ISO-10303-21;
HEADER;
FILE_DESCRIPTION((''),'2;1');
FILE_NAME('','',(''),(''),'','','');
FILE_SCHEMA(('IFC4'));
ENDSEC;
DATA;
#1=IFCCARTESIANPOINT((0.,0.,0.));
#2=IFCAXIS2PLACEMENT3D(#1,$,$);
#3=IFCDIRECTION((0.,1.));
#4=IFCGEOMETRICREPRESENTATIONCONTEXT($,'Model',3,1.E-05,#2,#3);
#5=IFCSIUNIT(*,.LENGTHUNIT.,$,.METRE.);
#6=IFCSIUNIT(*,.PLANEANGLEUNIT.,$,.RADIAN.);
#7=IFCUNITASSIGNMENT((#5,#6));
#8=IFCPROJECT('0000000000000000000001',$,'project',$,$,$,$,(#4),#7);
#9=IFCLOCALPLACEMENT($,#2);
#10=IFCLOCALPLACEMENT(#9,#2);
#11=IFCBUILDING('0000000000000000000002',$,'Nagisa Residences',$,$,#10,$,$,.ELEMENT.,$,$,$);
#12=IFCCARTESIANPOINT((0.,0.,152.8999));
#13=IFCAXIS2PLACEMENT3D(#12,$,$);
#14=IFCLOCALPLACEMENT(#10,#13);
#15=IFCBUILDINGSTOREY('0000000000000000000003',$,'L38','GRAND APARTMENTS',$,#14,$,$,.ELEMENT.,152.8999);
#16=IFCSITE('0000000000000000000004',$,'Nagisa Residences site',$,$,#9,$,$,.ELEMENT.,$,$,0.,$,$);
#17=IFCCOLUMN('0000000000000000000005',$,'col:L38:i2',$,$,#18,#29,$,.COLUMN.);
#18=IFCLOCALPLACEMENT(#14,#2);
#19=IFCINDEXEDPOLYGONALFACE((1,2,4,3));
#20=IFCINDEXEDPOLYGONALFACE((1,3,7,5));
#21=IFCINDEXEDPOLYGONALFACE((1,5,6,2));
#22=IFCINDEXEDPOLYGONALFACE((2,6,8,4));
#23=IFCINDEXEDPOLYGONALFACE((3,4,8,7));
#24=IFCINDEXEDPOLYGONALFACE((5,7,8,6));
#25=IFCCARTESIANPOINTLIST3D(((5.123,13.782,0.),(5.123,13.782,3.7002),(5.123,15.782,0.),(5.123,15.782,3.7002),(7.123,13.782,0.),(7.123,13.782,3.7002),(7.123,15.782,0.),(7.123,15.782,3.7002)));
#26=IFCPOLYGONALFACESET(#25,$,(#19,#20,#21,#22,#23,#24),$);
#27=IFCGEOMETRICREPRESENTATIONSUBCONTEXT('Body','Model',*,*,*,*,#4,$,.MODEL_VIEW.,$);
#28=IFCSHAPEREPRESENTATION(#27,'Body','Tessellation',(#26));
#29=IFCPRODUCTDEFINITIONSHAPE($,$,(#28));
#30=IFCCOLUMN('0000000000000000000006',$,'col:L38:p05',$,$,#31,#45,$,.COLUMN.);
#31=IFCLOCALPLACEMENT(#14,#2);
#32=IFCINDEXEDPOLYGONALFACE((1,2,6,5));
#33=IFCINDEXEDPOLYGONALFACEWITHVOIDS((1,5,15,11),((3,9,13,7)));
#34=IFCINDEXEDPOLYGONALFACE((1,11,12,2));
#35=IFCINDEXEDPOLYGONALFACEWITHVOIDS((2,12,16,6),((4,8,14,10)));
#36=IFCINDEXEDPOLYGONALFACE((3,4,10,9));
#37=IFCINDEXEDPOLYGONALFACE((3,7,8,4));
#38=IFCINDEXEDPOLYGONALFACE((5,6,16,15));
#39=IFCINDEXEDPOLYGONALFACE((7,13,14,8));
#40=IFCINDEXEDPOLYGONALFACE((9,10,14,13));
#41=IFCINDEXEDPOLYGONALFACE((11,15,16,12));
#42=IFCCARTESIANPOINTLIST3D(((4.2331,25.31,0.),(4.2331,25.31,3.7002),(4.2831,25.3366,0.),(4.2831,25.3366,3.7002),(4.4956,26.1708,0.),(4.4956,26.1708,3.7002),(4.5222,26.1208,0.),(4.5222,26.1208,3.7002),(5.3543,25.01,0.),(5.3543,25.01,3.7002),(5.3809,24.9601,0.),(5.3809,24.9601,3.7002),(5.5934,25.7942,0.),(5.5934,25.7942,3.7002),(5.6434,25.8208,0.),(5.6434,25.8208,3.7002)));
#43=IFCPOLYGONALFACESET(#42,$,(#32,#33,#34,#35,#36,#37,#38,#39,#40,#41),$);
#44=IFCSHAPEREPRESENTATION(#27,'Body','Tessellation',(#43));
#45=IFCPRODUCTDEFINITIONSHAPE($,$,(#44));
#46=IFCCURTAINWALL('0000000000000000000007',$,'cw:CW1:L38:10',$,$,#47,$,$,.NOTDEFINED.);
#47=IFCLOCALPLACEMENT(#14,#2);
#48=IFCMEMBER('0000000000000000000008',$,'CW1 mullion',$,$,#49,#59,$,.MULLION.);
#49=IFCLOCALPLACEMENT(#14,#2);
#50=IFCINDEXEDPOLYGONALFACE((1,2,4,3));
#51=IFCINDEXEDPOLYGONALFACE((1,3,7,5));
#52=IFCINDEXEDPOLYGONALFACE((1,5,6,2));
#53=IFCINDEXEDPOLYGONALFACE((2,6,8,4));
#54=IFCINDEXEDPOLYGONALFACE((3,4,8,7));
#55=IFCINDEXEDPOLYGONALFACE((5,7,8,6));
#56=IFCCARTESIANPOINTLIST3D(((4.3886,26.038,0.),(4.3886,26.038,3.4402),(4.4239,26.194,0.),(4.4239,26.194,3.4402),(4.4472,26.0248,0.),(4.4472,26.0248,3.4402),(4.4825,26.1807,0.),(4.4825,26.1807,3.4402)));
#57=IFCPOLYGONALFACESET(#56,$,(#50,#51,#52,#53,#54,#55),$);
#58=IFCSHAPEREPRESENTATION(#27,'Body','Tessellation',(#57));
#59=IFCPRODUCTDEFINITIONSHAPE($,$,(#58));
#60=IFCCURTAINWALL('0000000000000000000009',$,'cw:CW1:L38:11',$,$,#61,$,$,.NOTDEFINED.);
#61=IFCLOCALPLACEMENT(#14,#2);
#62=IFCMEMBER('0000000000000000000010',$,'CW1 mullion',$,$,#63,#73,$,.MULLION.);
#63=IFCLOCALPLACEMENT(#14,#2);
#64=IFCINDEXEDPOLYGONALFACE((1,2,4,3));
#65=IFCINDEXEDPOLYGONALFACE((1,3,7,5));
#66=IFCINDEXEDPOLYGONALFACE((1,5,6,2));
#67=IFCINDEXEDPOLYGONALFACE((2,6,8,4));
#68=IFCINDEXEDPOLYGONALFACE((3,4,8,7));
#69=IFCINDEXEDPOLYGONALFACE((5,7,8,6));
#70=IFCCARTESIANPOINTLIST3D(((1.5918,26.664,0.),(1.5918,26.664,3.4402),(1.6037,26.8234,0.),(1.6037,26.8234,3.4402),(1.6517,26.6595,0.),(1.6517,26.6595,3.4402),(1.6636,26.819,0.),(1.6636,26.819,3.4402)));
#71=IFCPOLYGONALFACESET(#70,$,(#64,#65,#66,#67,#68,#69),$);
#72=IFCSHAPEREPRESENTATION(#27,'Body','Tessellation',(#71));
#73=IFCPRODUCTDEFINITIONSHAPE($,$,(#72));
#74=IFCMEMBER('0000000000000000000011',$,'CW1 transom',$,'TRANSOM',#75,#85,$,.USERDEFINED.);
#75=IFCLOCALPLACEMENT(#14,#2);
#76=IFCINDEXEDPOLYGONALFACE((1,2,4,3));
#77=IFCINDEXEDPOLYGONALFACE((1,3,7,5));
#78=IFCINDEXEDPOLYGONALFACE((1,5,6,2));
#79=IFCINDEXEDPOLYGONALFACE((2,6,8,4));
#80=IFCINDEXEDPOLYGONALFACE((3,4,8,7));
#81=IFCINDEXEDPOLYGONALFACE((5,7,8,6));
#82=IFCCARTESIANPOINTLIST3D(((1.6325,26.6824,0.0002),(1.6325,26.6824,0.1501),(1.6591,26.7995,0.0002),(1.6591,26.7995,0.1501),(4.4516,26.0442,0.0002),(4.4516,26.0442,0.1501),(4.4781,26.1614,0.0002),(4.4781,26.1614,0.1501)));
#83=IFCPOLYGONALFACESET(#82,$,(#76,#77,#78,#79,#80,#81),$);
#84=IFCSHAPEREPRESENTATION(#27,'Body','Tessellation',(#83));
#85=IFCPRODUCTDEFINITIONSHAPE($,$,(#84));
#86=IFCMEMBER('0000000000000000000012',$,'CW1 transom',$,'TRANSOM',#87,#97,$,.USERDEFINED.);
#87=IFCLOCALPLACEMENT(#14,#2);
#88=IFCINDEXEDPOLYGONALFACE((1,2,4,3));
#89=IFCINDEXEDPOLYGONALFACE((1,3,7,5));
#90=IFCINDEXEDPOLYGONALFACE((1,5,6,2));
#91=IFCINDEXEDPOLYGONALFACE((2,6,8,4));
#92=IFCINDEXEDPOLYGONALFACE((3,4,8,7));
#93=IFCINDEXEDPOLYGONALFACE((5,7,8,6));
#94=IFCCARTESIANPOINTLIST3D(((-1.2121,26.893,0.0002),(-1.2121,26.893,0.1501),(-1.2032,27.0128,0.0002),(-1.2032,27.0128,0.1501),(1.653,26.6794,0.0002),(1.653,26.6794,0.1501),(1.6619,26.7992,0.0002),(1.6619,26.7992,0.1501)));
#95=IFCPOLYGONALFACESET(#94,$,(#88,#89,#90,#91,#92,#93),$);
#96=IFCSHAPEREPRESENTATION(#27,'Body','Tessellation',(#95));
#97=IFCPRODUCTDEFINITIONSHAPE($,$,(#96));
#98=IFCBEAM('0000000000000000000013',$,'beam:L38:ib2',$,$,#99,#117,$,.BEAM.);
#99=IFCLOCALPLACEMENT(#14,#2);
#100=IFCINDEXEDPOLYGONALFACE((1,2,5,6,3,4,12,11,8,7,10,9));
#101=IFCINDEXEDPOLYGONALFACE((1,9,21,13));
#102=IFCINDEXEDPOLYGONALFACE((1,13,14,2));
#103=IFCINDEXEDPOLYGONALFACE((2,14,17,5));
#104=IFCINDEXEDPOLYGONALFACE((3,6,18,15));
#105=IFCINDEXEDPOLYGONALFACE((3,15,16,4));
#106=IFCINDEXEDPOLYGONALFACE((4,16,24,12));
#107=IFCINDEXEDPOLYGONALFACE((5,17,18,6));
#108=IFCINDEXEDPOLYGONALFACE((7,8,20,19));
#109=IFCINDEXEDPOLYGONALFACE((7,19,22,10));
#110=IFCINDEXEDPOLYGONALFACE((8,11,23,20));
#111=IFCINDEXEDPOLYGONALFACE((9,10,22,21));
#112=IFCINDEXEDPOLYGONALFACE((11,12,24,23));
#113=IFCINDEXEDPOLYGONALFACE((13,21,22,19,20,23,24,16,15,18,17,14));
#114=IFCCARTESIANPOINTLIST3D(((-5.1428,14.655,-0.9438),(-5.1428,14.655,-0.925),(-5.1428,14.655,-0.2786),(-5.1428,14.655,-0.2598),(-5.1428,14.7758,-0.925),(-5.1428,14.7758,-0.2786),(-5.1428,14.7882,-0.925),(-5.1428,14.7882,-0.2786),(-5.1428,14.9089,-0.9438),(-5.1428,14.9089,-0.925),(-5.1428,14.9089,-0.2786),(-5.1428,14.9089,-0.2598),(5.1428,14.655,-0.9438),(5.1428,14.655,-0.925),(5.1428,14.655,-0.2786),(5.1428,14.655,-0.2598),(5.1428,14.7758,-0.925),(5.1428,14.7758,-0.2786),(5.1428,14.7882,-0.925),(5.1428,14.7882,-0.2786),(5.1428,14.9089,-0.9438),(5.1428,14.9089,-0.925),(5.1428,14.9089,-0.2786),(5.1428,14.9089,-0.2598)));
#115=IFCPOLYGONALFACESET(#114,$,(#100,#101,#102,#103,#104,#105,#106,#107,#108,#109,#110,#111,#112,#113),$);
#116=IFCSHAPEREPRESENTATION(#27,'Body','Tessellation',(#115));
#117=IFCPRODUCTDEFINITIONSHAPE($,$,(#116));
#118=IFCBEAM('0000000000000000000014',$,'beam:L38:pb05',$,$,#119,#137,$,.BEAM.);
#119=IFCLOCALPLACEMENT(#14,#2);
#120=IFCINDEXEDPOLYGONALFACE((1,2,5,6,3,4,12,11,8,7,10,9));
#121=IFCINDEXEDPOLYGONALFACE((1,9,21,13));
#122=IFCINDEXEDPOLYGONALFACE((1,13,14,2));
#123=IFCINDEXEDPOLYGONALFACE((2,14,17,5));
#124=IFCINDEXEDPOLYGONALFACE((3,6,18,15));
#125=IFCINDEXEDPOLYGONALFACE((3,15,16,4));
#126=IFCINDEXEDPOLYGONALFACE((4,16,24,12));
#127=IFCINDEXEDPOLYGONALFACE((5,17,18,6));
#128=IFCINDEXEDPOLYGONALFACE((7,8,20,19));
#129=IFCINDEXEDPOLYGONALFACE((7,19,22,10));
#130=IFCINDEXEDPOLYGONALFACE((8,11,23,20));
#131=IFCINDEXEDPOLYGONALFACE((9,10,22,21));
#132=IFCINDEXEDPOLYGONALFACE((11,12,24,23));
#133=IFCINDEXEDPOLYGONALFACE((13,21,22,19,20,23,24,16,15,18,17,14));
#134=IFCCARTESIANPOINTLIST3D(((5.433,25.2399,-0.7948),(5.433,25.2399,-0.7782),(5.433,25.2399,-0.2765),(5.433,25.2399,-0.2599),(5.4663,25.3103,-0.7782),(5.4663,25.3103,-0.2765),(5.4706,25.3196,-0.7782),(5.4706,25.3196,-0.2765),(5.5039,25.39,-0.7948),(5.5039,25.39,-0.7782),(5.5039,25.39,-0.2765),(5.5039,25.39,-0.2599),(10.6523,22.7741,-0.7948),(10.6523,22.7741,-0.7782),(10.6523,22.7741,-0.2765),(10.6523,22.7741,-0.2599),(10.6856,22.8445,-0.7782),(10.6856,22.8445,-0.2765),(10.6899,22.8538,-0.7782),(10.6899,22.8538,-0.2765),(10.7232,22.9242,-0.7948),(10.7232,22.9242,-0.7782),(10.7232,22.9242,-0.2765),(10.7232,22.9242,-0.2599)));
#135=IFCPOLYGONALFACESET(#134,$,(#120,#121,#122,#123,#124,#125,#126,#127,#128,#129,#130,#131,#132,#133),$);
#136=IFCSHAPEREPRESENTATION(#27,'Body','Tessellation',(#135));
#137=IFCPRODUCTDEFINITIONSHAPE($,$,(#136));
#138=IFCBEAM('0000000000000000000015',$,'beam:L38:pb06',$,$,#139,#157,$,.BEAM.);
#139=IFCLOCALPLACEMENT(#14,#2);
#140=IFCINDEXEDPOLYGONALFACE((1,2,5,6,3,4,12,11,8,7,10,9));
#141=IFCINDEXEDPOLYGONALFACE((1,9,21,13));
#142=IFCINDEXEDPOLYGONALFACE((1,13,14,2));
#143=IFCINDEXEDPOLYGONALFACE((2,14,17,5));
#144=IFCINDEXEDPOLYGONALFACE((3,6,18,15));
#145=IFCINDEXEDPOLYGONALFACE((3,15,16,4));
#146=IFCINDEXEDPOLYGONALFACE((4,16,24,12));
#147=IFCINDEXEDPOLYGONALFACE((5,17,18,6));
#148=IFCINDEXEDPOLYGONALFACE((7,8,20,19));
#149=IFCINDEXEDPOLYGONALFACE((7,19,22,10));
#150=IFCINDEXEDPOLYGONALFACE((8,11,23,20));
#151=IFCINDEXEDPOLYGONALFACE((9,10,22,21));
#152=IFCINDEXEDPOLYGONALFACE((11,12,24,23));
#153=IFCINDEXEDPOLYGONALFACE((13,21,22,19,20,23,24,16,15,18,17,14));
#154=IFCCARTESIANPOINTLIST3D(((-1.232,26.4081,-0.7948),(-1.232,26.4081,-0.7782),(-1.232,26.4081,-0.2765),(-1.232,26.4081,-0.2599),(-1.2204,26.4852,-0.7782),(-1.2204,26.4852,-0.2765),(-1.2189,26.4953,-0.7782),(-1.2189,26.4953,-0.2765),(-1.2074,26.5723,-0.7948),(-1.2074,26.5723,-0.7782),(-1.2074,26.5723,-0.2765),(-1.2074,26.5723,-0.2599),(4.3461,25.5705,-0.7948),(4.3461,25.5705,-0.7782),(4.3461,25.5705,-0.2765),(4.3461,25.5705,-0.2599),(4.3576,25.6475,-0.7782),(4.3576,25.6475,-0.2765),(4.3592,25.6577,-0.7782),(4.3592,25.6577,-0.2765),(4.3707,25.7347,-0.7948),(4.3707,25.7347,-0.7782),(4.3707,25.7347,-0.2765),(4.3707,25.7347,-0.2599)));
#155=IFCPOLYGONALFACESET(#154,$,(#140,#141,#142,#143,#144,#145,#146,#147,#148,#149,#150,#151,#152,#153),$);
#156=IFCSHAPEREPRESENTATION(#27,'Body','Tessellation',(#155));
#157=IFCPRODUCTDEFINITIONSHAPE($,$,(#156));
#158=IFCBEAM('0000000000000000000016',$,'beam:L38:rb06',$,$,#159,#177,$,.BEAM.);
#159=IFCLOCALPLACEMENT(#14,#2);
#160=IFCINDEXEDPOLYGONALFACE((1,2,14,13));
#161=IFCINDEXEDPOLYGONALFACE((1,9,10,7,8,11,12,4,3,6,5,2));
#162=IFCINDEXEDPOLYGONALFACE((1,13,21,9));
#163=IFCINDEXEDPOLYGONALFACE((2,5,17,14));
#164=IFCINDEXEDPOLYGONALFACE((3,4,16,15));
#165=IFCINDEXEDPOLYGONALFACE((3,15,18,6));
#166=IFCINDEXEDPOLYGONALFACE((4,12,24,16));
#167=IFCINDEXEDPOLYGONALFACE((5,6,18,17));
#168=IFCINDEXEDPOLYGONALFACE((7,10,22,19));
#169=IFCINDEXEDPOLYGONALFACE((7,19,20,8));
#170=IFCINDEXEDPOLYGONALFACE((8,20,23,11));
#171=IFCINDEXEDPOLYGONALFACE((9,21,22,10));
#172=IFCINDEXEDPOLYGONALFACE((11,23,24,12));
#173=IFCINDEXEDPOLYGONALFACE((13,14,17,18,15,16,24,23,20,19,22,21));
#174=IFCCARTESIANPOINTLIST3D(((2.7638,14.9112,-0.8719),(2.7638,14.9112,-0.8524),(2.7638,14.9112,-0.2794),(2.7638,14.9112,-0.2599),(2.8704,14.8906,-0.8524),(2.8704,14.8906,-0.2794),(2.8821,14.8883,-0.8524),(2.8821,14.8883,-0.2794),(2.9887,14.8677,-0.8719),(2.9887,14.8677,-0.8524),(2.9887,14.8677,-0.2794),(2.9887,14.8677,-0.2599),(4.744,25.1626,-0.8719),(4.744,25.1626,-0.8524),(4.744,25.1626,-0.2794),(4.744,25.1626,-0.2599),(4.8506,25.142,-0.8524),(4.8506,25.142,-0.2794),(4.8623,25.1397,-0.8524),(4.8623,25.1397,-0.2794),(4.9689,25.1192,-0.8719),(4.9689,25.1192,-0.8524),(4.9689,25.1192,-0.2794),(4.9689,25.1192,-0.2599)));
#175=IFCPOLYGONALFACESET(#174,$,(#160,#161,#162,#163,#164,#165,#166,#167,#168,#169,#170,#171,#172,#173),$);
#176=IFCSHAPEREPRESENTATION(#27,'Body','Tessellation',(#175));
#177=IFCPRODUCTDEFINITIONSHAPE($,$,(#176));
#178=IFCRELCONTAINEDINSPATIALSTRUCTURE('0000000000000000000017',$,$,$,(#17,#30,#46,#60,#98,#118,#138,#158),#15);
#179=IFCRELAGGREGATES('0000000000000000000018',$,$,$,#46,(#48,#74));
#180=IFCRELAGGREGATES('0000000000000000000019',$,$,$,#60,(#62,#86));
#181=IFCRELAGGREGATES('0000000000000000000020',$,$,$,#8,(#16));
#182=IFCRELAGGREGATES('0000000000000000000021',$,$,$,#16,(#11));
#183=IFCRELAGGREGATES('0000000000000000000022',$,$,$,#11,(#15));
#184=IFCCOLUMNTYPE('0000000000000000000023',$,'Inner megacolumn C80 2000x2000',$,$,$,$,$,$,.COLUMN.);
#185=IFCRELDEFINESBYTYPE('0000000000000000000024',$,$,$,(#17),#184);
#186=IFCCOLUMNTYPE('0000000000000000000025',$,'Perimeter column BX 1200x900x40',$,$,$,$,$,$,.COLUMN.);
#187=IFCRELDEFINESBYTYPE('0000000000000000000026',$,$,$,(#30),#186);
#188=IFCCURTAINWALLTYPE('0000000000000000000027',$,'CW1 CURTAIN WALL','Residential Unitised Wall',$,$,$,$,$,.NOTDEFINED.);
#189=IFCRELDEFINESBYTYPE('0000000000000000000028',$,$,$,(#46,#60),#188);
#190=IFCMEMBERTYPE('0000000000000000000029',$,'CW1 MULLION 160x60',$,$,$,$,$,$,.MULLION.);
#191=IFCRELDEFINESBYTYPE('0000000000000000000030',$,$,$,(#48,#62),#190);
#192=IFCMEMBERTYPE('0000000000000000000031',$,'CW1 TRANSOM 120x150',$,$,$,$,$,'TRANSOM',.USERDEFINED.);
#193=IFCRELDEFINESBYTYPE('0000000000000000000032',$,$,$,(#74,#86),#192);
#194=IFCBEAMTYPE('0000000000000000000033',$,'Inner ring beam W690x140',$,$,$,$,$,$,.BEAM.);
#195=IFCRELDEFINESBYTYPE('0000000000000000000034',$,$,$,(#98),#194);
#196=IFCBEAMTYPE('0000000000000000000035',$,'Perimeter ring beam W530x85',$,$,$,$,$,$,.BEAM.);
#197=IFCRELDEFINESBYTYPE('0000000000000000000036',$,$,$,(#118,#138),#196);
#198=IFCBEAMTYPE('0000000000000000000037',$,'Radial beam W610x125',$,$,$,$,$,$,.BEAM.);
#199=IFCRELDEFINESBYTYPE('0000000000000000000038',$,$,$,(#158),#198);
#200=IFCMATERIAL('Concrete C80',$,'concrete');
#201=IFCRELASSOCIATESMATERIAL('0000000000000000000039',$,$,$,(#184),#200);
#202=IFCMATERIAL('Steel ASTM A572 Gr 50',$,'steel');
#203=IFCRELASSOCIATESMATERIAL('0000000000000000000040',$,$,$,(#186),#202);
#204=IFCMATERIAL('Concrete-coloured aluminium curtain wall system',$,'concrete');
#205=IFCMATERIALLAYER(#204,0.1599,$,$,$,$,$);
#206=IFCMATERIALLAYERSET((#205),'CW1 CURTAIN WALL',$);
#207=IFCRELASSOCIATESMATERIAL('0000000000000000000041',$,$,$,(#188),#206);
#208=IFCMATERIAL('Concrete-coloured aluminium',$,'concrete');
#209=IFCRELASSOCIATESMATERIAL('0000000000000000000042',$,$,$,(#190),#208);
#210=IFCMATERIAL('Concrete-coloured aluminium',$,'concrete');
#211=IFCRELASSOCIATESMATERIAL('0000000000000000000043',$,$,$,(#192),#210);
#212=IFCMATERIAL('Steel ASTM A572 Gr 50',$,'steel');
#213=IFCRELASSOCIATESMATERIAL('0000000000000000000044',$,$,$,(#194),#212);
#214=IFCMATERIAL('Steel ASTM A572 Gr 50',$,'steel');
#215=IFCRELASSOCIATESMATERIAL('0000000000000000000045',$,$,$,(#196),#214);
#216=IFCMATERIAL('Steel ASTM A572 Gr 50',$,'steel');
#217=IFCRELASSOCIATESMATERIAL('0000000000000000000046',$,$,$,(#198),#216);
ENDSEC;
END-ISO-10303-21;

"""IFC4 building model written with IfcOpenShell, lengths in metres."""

from ifc_helpers import new_model, si_unit, direction, frame, origin, origin_2d, place, context, subcontext, project, spatial, rectangle, hollow_rectangle, i_section, extrude, material, layer, layer_set, material_profile, profile_set, type_object, element, aggregate, save


model = new_model("IFC4")

# Units and contexts
model_context = context("Model", 3, precision=1e-05, world=origin(), true_north=direction((0.0, 1.0)))
body_context = subcontext(model_context, "Body", "Model", "MODEL_VIEW")
ifc_project = project(units=[si_unit("LENGTHUNIT", "METRE"), si_unit("PLANEANGLEUNIT", "RADIAN")], contexts=[model_context])

# Site, building, storey
site_placement = place(None, origin())
site = spatial("IfcSite", under=ifc_project, at=site_placement, Name="Nagisa Residences site", CompositionType="ELEMENT", RefElevation=0.0)
building_placement = place(site_placement, origin())
building = spatial("IfcBuilding", under=site, at=building_placement, Name="Nagisa Residences", CompositionType="ELEMENT")
storey_placement = place(building_placement, frame((0.0, 0.0, 152.8999)))
storey = spatial("IfcBuildingStorey", under=building, at=storey_placement, Name="L38", Description="GRAND APARTMENTS", CompositionType="ELEMENT", Elevation=152.8999)

# Columns
ifc_material_1 = material(Name="Concrete C80", Category="concrete")
ifc_material_profile_1 = material_profile(ifc_material_1, rectangle(XDim=2.0, YDim=2.0, at=origin_2d()), Name="C80 2000x2000")
ifc_profile_set_1 = profile_set([ifc_material_profile_1], Name="Concrete C80")
column_type_1 = type_object("IfcColumnType", Name="Inner megacolumn C80 2000x2000", PredefinedType="COLUMN", material=ifc_profile_set_1)
column_1_placement = place(storey_placement, frame((6.123, 14.782, 0.0), z_axis=(0.0, 0.0, 1.0), x_axis=(1.0, 0.0, 0.0)))
element("IfcColumn", 1, at=column_1_placement, inside=storey, type_object=column_type_1, Name="col:L38:i2", PredefinedType="COLUMN", context=body_context, shape_type="SweptSolid", body=[
    extrude(rectangle(XDim=2.0, YDim=2.0, at=origin_2d()), origin(), (0.0, 0.0, 1.0), 3.7002),
])
ifc_material_2 = material(Name="Steel ASTM A572 Gr 50", Category="steel")
ifc_material_profile_2 = material_profile(ifc_material_2, hollow_rectangle(XDim=1.2, YDim=0.8999, WallThickness=0.04, at=origin_2d()), Name="BX 1200x900x40")
ifc_profile_set_2 = profile_set([ifc_material_profile_2], Name="Steel ASTM A572 Gr 50")
column_type_2 = type_object("IfcColumnType", Name="Perimeter column BX 1200x900x40", PredefinedType="COLUMN", material=ifc_profile_set_2)
column_2_placement = place(storey_placement, frame((4.9382, 25.5654, 0.0), z_axis=(0.0, 0.0, 1.0), x_axis=(-0.956525, 0.291652, 0.0)))
element("IfcColumn", 2, at=column_2_placement, inside=storey, type_object=column_type_2, Name="col:L38:p05", PredefinedType="COLUMN", context=body_context, shape_type="SweptSolid", body=[
    extrude(hollow_rectangle(XDim=1.2, YDim=0.8999, WallThickness=0.04, at=origin_2d()), origin(), (0.0, 0.0, 1.0), 3.7002),
])

# Curtain walls, members
ifc_material_3 = material(Name="Concrete-coloured aluminium curtain wall system", Category="concrete")
ifc_layer_1 = layer(ifc_material_3, 0.1599)
ifc_layer_set_1 = layer_set([ifc_layer_1], Name="CW1 CURTAIN WALL")
curtain_wall_type = type_object("IfcCurtainWallType", Name="CW1 CURTAIN WALL", Description="Residential Unitised Wall", PredefinedType="NOTDEFINED", material=ifc_layer_set_1)
curtain_wall_1_placement = place(storey_placement, origin())
curtain_wall_1 = element("IfcCurtainWall", 3, at=curtain_wall_1_placement, inside=storey, type_object=curtain_wall_type, Name="cw:CW1:L38:10", PredefinedType="NOTDEFINED")
ifc_material_4 = material(Name="Concrete-coloured aluminium", Category="concrete")
ifc_material_profile_3 = material_profile(ifc_material_4, rectangle(XDim=0.1599, YDim=0.0601, at=origin_2d()), Name="CW1 MULLION 160x60")
ifc_profile_set_3 = profile_set([ifc_material_profile_3], Name="Concrete-coloured aluminium")
member_type_1 = type_object("IfcMemberType", Name="CW1 MULLION 160x60", PredefinedType="MULLION", material=ifc_profile_set_3)
member_1_placement = place(storey_placement, frame((4.4355, 26.1094, 0.0), z_axis=(0.0, 0.0, 1.0), x_axis=(-0.220764, -0.975327, 0.0)))
member_1 = element("IfcMember", 4, at=member_1_placement, type_object=member_type_1, Name="CW1 mullion", PredefinedType="MULLION", context=body_context, shape_type="SweptSolid", body=[
    extrude(rectangle(XDim=0.1599, YDim=0.0601, at=origin_2d()), origin(), (0.0, 0.0, 1.0), 3.4402),
])
curtain_wall_2_placement = place(storey_placement, origin())
curtain_wall_2 = element("IfcCurtainWall", 5, at=curtain_wall_2_placement, inside=storey, type_object=curtain_wall_type, Name="cw:CW1:L38:11", PredefinedType="NOTDEFINED")
member_2_placement = place(storey_placement, frame((1.6277, 26.7415, 0.0), z_axis=(0.0, 0.0, 1.0), x_axis=(-0.074377, -0.99723, 0.0)))
member_2 = element("IfcMember", 6, at=member_2_placement, type_object=member_type_1, Name="CW1 mullion", PredefinedType="MULLION", context=body_context, shape_type="SweptSolid", body=[
    extrude(rectangle(XDim=0.1599, YDim=0.0601, at=origin_2d()), origin(), (0.0, 0.0, 1.0), 3.4402),
])

# Members
ifc_material_5 = material(Name="Concrete-coloured aluminium", Category="concrete")
ifc_material_profile_4 = material_profile(ifc_material_5, rectangle(XDim=0.1201, YDim=0.1499, at=origin_2d()), Name="CW1 TRANSOM 120x150")
ifc_profile_set_4 = profile_set([ifc_material_profile_4], Name="Concrete-coloured aluminium")
member_type_2 = type_object("IfcMemberType", Name="CW1 TRANSOM 120x150", ElementType="TRANSOM", PredefinedType="USERDEFINED", material=ifc_profile_set_4)
member_3_placement = place(storey_placement, frame((4.4648, 26.1028, 0.0752), z_axis=(-0.975321, 0.220792, 0.0), x_axis=(-0.220792, -0.975321, 0.0)))
member_3 = element("IfcMember", 7, at=member_3_placement, type_object=member_type_2, Name="CW1 transom", ObjectType="TRANSOM", PredefinedType="USERDEFINED", context=body_context, shape_type="SweptSolid", body=[
    extrude(rectangle(XDim=0.1201, YDim=0.1499, at=origin_2d()), origin(), (0.0, 0.0, 1.0), 2.8904),
])
member_4_placement = place(storey_placement, frame((1.6575, 26.7393, 0.0752), z_axis=(-0.997232, 0.074357, 0.0), x_axis=(-0.074357, -0.997232, 0.0)))
member_4 = element("IfcMember", 8, at=member_4_placement, type_object=member_type_2, Name="CW1 transom", ObjectType="TRANSOM", PredefinedType="USERDEFINED", context=body_context, shape_type="SweptSolid", body=[
    extrude(rectangle(XDim=0.1201, YDim=0.1499, at=origin_2d()), origin(), (0.0, 0.0, 1.0), 2.873),
])

# Beams
ifc_material_6 = material(Name="Steel ASTM A572 Gr 50", Category="steel")
ifc_material_profile_5 = material_profile(ifc_material_6, i_section(OverallWidth=0.2539, OverallDepth=0.6841, WebThickness=0.0125, FlangeThickness=0.0188, at=origin_2d()), Name="W690x140")
ifc_profile_set_5 = profile_set([ifc_material_profile_5], Name="Steel ASTM A572 Gr 50")
beam_type_1 = type_object("IfcBeamType", Name="Inner ring beam W690x140", PredefinedType="BEAM", material=ifc_profile_set_5)
beam_1_placement = place(storey_placement, frame((5.1428, 14.782, -0.6018), z_axis=(-1.0, 0.0, 0.0), x_axis=(0.0, -1.0, 0.0)))
element("IfcBeam", 9, at=beam_1_placement, inside=storey, type_object=beam_type_1, Name="beam:L38:ib2", PredefinedType="BEAM", context=body_context, shape_type="SweptSolid", body=[
    extrude(i_section(OverallWidth=0.2539, OverallDepth=0.6841, WebThickness=0.0125, FlangeThickness=0.0188, at=origin_2d()), origin(), (0.0, 0.0, 1.0), 10.2856),
])
ifc_material_7 = material(Name="Steel ASTM A572 Gr 50", Category="steel")
ifc_material_profile_6 = material_profile(ifc_material_7, i_section(OverallWidth=0.166, OverallDepth=0.5349, WebThickness=0.0103, FlangeThickness=0.0166, at=origin_2d()), Name="W530x85")
ifc_profile_set_6 = profile_set([ifc_material_profile_6], Name="Steel ASTM A572 Gr 50")
beam_type_2 = type_object("IfcBeamType", Name="Perimeter ring beam W530x85", PredefinedType="BEAM", material=ifc_profile_set_6)
beam_2_placement = place(storey_placement, frame((10.6877, 22.8491, -0.5273), z_axis=(-0.90417, 0.427173, 0.0), x_axis=(-0.427173, -0.90417, 0.0)))
element("IfcBeam", 10, at=beam_2_placement, inside=storey, type_object=beam_type_2, Name="beam:L38:pb05", PredefinedType="BEAM", context=body_context, shape_type="SweptSolid", body=[
    extrude(i_section(OverallWidth=0.166, OverallDepth=0.5349, WebThickness=0.0103, FlangeThickness=0.0166, at=origin_2d()), origin(), (0.0, 0.0, 1.0), 5.7725),
])
beam_3_placement = place(storey_placement, frame((4.3584, 25.6526, -0.5273), z_axis=(-0.988912, 0.148501, 0.0), x_axis=(-0.148501, -0.988912, 0.0)))
element("IfcBeam", 11, at=beam_3_placement, inside=storey, type_object=beam_type_2, Name="beam:L38:pb06", PredefinedType="BEAM", context=body_context, shape_type="SweptSolid", body=[
    extrude(i_section(OverallWidth=0.166, OverallDepth=0.5349, WebThickness=0.0103, FlangeThickness=0.0166, at=origin_2d()), origin(), (0.0, 0.0, 1.0), 5.6406),
])
ifc_material_8 = material(Name="Steel ASTM A572 Gr 50", Category="steel")
ifc_material_profile_7 = material_profile(ifc_material_8, i_section(OverallWidth=0.229, OverallDepth=0.6121, WebThickness=0.012, FlangeThickness=0.0195, at=origin_2d()), Name="W610x125")
ifc_profile_set_7 = profile_set([ifc_material_profile_7], Name="Steel ASTM A572 Gr 50")
beam_type_3 = type_object("IfcBeamType", Name="Radial beam W610x125", PredefinedType="BEAM", material=ifc_profile_set_7)
beam_4_placement = place(storey_placement, frame((4.8564, 25.1409, -0.5659), z_axis=(-0.189659, -0.98185, 0.0), x_axis=(0.98185, -0.189659, 0.0)))
element("IfcBeam", 12, at=beam_4_placement, inside=storey, type_object=beam_type_3, Name="beam:L38:rb06", PredefinedType="BEAM", context=body_context, shape_type="SweptSolid", body=[
    extrude(i_section(OverallWidth=0.229, OverallDepth=0.6121, WebThickness=0.012, FlangeThickness=0.0195, at=origin_2d()), origin(), (0.0, 0.0, 1.0), 10.4409),
])

aggregate(curtain_wall_1, [member_1, member_3])
aggregate(curtain_wall_2, [member_2, member_4])

save(model, "model.ifc")
